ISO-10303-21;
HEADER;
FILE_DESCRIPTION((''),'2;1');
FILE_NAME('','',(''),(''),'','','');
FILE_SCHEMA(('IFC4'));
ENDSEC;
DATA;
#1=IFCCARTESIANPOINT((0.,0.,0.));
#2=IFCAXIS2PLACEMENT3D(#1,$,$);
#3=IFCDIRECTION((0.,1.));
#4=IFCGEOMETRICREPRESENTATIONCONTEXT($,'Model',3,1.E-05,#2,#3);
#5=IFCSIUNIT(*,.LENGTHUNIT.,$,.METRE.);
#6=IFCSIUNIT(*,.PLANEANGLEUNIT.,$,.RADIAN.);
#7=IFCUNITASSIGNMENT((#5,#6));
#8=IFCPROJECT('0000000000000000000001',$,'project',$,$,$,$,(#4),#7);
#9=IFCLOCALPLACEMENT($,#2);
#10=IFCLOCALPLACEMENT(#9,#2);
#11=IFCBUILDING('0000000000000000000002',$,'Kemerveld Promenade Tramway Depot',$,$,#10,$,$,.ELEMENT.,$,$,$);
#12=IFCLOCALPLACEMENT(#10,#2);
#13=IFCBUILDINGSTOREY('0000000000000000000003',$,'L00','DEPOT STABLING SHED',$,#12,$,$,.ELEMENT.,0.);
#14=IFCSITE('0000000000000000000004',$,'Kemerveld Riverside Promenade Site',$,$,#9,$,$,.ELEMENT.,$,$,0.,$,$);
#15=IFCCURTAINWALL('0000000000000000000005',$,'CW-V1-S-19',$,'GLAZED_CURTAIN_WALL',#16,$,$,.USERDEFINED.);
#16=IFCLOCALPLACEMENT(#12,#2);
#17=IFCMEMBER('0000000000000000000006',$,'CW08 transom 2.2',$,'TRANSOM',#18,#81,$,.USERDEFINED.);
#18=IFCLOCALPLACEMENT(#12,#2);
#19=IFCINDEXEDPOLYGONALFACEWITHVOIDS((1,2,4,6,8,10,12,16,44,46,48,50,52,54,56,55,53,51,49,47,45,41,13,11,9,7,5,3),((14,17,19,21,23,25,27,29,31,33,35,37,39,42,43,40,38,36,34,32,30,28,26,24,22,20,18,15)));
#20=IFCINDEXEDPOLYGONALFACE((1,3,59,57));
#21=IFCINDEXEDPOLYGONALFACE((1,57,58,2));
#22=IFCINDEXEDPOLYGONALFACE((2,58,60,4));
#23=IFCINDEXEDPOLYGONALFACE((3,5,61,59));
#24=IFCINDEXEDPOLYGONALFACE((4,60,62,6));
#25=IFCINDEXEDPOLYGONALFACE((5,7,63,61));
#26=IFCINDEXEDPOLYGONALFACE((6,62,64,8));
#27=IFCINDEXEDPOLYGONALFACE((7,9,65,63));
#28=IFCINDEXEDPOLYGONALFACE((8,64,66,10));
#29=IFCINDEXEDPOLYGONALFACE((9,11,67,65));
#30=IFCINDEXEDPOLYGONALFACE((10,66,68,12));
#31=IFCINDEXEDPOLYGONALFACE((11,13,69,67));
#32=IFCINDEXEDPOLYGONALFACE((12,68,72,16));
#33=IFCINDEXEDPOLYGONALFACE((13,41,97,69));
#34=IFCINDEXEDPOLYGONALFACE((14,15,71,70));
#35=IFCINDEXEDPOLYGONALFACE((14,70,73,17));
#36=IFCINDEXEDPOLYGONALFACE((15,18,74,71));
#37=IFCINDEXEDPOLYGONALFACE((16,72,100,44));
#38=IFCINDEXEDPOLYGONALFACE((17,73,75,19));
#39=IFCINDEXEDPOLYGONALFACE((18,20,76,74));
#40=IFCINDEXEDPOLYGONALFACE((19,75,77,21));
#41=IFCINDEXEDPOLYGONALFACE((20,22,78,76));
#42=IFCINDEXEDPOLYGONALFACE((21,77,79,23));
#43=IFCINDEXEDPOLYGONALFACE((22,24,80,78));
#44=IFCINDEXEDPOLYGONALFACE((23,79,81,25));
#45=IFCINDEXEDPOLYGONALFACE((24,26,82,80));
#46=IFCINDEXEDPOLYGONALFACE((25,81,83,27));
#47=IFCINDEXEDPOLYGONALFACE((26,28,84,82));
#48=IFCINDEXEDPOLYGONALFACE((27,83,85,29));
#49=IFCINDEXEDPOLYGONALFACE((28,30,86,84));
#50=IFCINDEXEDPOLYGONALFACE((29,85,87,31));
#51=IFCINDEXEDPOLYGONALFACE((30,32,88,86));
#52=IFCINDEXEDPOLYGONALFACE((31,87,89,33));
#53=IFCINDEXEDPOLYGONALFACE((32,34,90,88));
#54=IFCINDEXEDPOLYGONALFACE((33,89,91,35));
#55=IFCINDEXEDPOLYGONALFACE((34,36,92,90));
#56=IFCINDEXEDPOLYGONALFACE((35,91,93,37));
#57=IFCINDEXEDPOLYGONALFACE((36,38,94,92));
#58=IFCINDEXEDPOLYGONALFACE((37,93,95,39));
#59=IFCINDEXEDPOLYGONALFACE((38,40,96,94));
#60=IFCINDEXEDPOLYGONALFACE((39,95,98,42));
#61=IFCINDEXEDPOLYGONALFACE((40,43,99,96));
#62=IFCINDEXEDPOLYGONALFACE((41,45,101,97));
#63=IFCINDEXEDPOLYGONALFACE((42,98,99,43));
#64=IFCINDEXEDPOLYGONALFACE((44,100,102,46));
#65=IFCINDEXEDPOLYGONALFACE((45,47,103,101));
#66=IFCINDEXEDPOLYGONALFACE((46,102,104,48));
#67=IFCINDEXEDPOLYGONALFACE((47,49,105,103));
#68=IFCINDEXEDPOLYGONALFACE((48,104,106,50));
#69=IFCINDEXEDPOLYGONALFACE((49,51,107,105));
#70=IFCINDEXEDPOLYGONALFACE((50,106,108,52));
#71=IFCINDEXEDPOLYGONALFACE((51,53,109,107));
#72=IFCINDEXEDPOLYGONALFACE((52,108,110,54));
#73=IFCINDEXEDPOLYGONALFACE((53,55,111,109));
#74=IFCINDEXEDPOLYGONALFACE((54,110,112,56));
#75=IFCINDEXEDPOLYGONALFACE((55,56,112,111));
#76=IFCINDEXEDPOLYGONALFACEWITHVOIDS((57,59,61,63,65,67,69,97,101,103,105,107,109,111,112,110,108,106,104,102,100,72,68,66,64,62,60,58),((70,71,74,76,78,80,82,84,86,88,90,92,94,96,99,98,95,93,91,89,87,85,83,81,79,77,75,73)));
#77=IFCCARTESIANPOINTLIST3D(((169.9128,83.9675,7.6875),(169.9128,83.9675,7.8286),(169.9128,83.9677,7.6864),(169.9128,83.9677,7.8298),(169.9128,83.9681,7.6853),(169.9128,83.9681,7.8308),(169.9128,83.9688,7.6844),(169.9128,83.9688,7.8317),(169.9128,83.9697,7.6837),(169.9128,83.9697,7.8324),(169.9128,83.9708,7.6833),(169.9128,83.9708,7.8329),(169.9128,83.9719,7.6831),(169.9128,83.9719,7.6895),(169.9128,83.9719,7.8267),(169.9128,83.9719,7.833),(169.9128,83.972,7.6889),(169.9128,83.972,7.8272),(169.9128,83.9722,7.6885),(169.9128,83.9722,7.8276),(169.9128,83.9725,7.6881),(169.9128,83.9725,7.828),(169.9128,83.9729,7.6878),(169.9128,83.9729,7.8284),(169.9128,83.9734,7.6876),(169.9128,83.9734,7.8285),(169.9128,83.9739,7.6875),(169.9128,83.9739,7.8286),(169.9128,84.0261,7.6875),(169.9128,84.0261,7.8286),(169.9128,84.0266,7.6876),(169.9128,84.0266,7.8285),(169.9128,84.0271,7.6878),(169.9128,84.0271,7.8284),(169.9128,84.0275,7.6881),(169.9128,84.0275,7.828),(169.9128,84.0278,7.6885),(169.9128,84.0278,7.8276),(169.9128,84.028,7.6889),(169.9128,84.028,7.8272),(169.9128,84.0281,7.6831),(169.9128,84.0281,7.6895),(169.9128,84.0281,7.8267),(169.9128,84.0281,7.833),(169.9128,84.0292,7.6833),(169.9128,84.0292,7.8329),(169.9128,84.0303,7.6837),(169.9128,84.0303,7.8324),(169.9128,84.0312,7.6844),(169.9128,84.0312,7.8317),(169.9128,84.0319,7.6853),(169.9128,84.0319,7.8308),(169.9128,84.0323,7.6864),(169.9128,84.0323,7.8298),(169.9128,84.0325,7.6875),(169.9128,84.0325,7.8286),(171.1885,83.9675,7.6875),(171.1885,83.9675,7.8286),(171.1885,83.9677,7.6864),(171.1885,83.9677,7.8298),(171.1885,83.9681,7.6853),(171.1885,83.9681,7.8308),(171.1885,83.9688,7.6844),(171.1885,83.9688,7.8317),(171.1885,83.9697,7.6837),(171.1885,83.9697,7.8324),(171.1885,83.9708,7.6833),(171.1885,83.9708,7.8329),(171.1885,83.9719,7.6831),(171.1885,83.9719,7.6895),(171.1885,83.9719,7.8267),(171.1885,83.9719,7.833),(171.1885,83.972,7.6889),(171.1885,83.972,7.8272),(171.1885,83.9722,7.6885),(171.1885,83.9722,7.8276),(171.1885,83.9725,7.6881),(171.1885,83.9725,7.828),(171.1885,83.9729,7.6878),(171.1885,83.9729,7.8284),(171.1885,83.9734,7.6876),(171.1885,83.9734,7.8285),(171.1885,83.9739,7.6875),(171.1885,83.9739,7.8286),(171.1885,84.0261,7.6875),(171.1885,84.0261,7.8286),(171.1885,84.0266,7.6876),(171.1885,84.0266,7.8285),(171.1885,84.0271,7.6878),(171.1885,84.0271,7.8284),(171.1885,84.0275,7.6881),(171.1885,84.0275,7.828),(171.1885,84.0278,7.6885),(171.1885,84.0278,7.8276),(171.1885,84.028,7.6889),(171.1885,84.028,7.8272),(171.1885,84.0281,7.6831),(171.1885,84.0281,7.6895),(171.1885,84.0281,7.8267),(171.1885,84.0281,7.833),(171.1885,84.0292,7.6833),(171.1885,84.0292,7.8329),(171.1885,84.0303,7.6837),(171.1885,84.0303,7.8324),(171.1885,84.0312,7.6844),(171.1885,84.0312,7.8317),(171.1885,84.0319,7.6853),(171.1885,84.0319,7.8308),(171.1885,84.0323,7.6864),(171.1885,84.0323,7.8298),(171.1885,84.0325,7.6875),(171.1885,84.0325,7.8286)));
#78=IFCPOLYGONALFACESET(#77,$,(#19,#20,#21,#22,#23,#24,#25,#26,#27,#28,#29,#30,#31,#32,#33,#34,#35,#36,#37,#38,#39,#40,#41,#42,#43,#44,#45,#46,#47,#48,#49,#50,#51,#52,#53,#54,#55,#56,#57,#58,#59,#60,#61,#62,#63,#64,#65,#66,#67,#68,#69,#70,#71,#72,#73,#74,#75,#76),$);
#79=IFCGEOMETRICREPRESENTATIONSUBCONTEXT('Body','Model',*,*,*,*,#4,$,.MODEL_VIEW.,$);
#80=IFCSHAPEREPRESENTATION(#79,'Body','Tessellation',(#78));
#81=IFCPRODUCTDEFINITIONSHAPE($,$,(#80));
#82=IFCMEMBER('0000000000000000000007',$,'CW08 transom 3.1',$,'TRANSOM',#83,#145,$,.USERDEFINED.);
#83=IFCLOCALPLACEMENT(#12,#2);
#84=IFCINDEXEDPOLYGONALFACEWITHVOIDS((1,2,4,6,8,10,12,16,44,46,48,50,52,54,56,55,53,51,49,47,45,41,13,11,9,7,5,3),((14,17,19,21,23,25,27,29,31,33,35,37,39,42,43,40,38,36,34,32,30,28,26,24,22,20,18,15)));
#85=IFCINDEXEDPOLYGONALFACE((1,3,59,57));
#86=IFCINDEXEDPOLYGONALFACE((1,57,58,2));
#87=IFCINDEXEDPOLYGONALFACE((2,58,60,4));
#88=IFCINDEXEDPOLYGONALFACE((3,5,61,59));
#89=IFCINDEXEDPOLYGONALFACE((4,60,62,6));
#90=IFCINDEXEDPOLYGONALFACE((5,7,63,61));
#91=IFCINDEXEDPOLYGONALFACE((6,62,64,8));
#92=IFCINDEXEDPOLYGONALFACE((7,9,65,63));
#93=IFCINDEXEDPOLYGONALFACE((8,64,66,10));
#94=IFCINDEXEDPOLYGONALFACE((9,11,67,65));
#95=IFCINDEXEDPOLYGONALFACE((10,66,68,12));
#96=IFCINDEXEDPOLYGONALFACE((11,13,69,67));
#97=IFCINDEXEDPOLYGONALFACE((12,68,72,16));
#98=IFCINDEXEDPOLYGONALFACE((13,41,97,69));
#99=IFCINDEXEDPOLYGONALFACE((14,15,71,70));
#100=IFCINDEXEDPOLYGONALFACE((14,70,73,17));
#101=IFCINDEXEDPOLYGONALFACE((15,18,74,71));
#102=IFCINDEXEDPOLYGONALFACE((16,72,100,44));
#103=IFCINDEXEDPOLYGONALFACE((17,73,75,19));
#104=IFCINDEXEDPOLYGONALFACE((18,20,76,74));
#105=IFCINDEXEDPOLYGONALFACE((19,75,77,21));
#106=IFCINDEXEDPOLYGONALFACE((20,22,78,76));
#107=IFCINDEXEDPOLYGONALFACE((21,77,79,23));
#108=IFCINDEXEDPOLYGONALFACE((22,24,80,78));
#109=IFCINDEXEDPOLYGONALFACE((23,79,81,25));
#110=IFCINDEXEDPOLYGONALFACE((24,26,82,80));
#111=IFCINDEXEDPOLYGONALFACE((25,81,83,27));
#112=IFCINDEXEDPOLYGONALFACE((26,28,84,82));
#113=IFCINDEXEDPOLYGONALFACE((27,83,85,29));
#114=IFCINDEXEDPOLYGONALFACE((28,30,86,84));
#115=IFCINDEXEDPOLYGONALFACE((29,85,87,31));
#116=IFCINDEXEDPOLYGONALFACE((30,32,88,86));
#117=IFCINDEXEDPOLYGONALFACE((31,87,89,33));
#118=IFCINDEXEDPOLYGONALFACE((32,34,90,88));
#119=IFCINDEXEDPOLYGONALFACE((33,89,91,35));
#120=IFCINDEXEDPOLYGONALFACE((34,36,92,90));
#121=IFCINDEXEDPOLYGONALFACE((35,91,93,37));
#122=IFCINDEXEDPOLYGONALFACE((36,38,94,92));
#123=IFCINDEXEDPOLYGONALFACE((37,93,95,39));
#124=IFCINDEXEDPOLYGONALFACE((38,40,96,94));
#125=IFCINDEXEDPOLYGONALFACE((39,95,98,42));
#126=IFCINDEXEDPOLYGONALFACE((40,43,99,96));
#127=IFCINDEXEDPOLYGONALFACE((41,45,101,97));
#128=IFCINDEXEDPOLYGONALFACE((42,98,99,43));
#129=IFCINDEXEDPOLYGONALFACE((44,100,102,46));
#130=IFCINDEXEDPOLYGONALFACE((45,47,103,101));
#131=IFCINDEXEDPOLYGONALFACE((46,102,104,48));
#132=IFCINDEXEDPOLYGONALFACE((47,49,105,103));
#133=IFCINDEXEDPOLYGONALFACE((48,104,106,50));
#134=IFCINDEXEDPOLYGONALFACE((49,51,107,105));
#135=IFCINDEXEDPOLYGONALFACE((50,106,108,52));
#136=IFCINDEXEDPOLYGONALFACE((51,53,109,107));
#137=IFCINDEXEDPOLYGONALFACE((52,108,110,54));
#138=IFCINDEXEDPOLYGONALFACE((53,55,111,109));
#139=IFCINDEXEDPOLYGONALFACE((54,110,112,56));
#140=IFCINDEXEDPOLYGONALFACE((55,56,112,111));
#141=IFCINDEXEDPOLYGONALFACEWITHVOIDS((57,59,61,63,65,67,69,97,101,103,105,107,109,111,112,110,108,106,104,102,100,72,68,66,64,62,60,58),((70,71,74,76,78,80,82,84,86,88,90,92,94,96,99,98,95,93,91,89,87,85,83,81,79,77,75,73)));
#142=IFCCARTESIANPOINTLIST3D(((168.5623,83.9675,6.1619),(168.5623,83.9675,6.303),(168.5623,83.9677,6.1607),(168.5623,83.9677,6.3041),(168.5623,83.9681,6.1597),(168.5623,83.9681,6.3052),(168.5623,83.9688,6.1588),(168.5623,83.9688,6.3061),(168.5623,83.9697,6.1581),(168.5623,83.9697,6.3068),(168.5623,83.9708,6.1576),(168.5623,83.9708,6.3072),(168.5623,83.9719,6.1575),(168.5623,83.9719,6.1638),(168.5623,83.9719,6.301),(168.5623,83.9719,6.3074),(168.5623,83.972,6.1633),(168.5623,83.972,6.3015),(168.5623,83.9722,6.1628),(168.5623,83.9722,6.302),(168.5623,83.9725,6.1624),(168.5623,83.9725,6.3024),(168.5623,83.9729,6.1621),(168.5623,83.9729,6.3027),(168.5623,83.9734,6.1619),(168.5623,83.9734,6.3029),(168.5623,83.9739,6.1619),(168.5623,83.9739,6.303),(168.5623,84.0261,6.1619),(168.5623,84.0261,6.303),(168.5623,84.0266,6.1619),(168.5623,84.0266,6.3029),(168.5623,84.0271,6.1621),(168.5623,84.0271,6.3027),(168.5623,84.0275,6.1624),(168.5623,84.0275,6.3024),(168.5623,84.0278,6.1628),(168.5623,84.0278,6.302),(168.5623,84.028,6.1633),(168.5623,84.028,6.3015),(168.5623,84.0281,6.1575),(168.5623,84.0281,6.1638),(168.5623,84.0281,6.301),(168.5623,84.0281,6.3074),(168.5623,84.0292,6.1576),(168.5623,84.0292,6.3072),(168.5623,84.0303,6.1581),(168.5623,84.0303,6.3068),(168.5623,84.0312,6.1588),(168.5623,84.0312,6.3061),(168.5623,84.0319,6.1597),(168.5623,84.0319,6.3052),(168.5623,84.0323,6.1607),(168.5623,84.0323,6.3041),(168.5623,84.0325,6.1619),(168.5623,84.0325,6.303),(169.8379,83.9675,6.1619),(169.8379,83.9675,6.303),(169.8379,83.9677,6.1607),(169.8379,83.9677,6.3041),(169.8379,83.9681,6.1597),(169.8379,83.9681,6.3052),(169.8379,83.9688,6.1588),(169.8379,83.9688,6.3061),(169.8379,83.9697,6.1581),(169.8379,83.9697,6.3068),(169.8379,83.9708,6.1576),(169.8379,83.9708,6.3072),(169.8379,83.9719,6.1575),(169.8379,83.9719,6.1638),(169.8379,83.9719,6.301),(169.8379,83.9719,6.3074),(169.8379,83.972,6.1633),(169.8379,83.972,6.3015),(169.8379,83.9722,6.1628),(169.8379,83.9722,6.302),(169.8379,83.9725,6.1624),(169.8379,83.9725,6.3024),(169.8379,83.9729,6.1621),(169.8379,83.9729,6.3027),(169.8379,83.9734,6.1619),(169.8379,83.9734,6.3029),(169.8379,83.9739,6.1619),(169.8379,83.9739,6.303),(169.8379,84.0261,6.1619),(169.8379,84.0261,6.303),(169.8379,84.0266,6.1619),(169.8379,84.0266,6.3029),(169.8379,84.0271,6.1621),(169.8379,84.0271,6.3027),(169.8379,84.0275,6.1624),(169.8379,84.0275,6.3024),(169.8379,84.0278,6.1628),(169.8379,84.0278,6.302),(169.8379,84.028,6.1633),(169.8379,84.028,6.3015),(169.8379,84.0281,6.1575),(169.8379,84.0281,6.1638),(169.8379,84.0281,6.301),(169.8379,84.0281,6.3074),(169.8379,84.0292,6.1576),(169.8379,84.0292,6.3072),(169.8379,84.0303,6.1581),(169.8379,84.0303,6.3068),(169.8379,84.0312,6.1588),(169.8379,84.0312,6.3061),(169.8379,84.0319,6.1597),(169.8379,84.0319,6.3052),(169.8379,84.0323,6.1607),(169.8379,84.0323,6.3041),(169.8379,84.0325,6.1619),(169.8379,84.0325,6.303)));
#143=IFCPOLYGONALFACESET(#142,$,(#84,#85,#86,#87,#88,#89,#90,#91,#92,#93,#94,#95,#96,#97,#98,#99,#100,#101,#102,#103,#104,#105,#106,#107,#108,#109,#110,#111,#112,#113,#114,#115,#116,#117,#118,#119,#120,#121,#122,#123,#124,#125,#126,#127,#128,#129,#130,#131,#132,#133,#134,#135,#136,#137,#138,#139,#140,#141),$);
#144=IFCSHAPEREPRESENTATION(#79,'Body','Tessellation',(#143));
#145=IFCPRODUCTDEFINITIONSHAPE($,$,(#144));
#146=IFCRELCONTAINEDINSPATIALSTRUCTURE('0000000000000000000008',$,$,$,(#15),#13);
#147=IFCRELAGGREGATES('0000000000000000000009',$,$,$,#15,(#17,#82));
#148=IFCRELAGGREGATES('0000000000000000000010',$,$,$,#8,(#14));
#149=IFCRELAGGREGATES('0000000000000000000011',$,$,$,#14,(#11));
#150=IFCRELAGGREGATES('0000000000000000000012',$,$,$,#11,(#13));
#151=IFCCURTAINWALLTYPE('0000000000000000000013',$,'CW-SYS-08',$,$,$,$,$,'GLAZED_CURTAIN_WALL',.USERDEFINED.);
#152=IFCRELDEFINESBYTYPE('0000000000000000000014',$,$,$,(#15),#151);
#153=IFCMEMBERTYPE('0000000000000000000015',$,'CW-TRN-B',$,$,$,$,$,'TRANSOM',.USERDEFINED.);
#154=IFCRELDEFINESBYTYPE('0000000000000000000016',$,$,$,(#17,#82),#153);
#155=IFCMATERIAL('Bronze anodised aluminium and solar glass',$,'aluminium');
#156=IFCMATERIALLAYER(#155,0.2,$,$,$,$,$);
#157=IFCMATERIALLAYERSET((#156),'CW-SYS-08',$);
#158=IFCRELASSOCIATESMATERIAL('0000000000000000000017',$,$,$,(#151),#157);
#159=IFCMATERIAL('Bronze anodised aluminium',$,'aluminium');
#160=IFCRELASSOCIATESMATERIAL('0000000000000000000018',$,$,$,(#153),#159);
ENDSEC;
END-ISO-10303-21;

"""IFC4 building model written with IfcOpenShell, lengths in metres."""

from ifc_helpers import new_model, si_unit, direction, frame, origin, origin_2d, place, context, subcontext, project, spatial, hollow_rectangle, extrude, material, layer, layer_set, material_profile, profile_set, type_object, element, aggregate, save


model = new_model("IFC4")

# Units and contexts
model_context = context("Model", 3, precision=1e-05, world=origin(), true_north=direction((0.0, 1.0)))
body_context = subcontext(model_context, "Body", "Model", "MODEL_VIEW")
ifc_project = project(units=[si_unit("LENGTHUNIT", "METRE"), si_unit("PLANEANGLEUNIT", "RADIAN")], contexts=[model_context])

# Site, building, storey
site_placement = place(None, origin())
site = spatial("IfcSite", under=ifc_project, at=site_placement, Name="Kemerveld Riverside Promenade Site", CompositionType="ELEMENT", RefElevation=0.0)
building_placement = place(site_placement, origin())
building = spatial("IfcBuilding", under=site, at=building_placement, Name="Kemerveld Promenade Tramway Depot", CompositionType="ELEMENT")
storey_placement = place(building_placement, origin())
storey = spatial("IfcBuildingStorey", under=building, at=storey_placement, Name="L00", Description="DEPOT STABLING SHED", CompositionType="ELEMENT", Elevation=0.0)

# Curtain wall
ifc_material_1 = material(Name="Bronze anodised aluminium and solar glass", Category="aluminium")
ifc_material_2 = material(Name="Bronze anodised aluminium", Category="aluminium")
ifc_layer_1 = layer(ifc_material_1, 0.2)
ifc_layer_set_1 = layer_set([ifc_layer_1], Name="CW-SYS-08")
curtain_wall_type_1 = type_object("IfcCurtainWallType", Name="CW-SYS-08", ElementType="GLAZED_CURTAIN_WALL", PredefinedType="USERDEFINED", material=ifc_layer_set_1)
curtain_wall_1_placement = place(storey_placement, origin())
curtain_wall_1 = element("IfcCurtainWall", 1, at=curtain_wall_1_placement, inside=storey, type_object=curtain_wall_type_1, Name="CW-V1-S-19", ObjectType="GLAZED_CURTAIN_WALL", PredefinedType="USERDEFINED")

# Members
ifc_material_profile_1 = material_profile(ifc_material_2, hollow_rectangle(XDim=0.0649, YDim=0.1499, WallThickness=0.0044, InnerFilletRadius=0.002, OuterFilletRadius=0.0044, at=origin_2d()), Name="CW-TRN-150x65")
ifc_profile_set_1 = profile_set([ifc_material_profile_1], Name="Bronze anodised aluminium")
member_type_1 = type_object("IfcMemberType", Name="CW-TRN-B", ElementType="TRANSOM", PredefinedType="USERDEFINED", material=ifc_profile_set_1)
member_1_placement = place(storey_placement, frame((171.1885, 84.0, 7.7581), z_axis=(-1.0, 0.0, 0.0), x_axis=(0.0, -1.0, 0.0)))
member_1 = element("IfcMember", 2, at=member_1_placement, type_object=member_type_1, Name="CW08 transom 2.2", ObjectType="TRANSOM", PredefinedType="USERDEFINED", context=body_context, shape_type="SweptSolid", body=[
    extrude(hollow_rectangle(XDim=0.0649, YDim=0.1499, WallThickness=0.0044, InnerFilletRadius=0.002, OuterFilletRadius=0.0044, at=origin_2d()), origin(), (0.0, 0.0, 1.0), 1.2756),
])
member_2_placement = place(storey_placement, frame((169.8379, 84.0, 6.2324), z_axis=(-1.0, 0.0, 0.0), x_axis=(0.0, -1.0, 0.0)))
member_2 = element("IfcMember", 3, at=member_2_placement, type_object=member_type_1, Name="CW08 transom 3.1", ObjectType="TRANSOM", PredefinedType="USERDEFINED", context=body_context, shape_type="SweptSolid", body=[
    extrude(hollow_rectangle(XDim=0.0649, YDim=0.1499, WallThickness=0.0044, InnerFilletRadius=0.002, OuterFilletRadius=0.0044, at=origin_2d()), origin(), (0.0, 0.0, 1.0), 1.2756),
])

aggregate(curtain_wall_1, [member_1, member_2])

save(model, "model.ifc")
